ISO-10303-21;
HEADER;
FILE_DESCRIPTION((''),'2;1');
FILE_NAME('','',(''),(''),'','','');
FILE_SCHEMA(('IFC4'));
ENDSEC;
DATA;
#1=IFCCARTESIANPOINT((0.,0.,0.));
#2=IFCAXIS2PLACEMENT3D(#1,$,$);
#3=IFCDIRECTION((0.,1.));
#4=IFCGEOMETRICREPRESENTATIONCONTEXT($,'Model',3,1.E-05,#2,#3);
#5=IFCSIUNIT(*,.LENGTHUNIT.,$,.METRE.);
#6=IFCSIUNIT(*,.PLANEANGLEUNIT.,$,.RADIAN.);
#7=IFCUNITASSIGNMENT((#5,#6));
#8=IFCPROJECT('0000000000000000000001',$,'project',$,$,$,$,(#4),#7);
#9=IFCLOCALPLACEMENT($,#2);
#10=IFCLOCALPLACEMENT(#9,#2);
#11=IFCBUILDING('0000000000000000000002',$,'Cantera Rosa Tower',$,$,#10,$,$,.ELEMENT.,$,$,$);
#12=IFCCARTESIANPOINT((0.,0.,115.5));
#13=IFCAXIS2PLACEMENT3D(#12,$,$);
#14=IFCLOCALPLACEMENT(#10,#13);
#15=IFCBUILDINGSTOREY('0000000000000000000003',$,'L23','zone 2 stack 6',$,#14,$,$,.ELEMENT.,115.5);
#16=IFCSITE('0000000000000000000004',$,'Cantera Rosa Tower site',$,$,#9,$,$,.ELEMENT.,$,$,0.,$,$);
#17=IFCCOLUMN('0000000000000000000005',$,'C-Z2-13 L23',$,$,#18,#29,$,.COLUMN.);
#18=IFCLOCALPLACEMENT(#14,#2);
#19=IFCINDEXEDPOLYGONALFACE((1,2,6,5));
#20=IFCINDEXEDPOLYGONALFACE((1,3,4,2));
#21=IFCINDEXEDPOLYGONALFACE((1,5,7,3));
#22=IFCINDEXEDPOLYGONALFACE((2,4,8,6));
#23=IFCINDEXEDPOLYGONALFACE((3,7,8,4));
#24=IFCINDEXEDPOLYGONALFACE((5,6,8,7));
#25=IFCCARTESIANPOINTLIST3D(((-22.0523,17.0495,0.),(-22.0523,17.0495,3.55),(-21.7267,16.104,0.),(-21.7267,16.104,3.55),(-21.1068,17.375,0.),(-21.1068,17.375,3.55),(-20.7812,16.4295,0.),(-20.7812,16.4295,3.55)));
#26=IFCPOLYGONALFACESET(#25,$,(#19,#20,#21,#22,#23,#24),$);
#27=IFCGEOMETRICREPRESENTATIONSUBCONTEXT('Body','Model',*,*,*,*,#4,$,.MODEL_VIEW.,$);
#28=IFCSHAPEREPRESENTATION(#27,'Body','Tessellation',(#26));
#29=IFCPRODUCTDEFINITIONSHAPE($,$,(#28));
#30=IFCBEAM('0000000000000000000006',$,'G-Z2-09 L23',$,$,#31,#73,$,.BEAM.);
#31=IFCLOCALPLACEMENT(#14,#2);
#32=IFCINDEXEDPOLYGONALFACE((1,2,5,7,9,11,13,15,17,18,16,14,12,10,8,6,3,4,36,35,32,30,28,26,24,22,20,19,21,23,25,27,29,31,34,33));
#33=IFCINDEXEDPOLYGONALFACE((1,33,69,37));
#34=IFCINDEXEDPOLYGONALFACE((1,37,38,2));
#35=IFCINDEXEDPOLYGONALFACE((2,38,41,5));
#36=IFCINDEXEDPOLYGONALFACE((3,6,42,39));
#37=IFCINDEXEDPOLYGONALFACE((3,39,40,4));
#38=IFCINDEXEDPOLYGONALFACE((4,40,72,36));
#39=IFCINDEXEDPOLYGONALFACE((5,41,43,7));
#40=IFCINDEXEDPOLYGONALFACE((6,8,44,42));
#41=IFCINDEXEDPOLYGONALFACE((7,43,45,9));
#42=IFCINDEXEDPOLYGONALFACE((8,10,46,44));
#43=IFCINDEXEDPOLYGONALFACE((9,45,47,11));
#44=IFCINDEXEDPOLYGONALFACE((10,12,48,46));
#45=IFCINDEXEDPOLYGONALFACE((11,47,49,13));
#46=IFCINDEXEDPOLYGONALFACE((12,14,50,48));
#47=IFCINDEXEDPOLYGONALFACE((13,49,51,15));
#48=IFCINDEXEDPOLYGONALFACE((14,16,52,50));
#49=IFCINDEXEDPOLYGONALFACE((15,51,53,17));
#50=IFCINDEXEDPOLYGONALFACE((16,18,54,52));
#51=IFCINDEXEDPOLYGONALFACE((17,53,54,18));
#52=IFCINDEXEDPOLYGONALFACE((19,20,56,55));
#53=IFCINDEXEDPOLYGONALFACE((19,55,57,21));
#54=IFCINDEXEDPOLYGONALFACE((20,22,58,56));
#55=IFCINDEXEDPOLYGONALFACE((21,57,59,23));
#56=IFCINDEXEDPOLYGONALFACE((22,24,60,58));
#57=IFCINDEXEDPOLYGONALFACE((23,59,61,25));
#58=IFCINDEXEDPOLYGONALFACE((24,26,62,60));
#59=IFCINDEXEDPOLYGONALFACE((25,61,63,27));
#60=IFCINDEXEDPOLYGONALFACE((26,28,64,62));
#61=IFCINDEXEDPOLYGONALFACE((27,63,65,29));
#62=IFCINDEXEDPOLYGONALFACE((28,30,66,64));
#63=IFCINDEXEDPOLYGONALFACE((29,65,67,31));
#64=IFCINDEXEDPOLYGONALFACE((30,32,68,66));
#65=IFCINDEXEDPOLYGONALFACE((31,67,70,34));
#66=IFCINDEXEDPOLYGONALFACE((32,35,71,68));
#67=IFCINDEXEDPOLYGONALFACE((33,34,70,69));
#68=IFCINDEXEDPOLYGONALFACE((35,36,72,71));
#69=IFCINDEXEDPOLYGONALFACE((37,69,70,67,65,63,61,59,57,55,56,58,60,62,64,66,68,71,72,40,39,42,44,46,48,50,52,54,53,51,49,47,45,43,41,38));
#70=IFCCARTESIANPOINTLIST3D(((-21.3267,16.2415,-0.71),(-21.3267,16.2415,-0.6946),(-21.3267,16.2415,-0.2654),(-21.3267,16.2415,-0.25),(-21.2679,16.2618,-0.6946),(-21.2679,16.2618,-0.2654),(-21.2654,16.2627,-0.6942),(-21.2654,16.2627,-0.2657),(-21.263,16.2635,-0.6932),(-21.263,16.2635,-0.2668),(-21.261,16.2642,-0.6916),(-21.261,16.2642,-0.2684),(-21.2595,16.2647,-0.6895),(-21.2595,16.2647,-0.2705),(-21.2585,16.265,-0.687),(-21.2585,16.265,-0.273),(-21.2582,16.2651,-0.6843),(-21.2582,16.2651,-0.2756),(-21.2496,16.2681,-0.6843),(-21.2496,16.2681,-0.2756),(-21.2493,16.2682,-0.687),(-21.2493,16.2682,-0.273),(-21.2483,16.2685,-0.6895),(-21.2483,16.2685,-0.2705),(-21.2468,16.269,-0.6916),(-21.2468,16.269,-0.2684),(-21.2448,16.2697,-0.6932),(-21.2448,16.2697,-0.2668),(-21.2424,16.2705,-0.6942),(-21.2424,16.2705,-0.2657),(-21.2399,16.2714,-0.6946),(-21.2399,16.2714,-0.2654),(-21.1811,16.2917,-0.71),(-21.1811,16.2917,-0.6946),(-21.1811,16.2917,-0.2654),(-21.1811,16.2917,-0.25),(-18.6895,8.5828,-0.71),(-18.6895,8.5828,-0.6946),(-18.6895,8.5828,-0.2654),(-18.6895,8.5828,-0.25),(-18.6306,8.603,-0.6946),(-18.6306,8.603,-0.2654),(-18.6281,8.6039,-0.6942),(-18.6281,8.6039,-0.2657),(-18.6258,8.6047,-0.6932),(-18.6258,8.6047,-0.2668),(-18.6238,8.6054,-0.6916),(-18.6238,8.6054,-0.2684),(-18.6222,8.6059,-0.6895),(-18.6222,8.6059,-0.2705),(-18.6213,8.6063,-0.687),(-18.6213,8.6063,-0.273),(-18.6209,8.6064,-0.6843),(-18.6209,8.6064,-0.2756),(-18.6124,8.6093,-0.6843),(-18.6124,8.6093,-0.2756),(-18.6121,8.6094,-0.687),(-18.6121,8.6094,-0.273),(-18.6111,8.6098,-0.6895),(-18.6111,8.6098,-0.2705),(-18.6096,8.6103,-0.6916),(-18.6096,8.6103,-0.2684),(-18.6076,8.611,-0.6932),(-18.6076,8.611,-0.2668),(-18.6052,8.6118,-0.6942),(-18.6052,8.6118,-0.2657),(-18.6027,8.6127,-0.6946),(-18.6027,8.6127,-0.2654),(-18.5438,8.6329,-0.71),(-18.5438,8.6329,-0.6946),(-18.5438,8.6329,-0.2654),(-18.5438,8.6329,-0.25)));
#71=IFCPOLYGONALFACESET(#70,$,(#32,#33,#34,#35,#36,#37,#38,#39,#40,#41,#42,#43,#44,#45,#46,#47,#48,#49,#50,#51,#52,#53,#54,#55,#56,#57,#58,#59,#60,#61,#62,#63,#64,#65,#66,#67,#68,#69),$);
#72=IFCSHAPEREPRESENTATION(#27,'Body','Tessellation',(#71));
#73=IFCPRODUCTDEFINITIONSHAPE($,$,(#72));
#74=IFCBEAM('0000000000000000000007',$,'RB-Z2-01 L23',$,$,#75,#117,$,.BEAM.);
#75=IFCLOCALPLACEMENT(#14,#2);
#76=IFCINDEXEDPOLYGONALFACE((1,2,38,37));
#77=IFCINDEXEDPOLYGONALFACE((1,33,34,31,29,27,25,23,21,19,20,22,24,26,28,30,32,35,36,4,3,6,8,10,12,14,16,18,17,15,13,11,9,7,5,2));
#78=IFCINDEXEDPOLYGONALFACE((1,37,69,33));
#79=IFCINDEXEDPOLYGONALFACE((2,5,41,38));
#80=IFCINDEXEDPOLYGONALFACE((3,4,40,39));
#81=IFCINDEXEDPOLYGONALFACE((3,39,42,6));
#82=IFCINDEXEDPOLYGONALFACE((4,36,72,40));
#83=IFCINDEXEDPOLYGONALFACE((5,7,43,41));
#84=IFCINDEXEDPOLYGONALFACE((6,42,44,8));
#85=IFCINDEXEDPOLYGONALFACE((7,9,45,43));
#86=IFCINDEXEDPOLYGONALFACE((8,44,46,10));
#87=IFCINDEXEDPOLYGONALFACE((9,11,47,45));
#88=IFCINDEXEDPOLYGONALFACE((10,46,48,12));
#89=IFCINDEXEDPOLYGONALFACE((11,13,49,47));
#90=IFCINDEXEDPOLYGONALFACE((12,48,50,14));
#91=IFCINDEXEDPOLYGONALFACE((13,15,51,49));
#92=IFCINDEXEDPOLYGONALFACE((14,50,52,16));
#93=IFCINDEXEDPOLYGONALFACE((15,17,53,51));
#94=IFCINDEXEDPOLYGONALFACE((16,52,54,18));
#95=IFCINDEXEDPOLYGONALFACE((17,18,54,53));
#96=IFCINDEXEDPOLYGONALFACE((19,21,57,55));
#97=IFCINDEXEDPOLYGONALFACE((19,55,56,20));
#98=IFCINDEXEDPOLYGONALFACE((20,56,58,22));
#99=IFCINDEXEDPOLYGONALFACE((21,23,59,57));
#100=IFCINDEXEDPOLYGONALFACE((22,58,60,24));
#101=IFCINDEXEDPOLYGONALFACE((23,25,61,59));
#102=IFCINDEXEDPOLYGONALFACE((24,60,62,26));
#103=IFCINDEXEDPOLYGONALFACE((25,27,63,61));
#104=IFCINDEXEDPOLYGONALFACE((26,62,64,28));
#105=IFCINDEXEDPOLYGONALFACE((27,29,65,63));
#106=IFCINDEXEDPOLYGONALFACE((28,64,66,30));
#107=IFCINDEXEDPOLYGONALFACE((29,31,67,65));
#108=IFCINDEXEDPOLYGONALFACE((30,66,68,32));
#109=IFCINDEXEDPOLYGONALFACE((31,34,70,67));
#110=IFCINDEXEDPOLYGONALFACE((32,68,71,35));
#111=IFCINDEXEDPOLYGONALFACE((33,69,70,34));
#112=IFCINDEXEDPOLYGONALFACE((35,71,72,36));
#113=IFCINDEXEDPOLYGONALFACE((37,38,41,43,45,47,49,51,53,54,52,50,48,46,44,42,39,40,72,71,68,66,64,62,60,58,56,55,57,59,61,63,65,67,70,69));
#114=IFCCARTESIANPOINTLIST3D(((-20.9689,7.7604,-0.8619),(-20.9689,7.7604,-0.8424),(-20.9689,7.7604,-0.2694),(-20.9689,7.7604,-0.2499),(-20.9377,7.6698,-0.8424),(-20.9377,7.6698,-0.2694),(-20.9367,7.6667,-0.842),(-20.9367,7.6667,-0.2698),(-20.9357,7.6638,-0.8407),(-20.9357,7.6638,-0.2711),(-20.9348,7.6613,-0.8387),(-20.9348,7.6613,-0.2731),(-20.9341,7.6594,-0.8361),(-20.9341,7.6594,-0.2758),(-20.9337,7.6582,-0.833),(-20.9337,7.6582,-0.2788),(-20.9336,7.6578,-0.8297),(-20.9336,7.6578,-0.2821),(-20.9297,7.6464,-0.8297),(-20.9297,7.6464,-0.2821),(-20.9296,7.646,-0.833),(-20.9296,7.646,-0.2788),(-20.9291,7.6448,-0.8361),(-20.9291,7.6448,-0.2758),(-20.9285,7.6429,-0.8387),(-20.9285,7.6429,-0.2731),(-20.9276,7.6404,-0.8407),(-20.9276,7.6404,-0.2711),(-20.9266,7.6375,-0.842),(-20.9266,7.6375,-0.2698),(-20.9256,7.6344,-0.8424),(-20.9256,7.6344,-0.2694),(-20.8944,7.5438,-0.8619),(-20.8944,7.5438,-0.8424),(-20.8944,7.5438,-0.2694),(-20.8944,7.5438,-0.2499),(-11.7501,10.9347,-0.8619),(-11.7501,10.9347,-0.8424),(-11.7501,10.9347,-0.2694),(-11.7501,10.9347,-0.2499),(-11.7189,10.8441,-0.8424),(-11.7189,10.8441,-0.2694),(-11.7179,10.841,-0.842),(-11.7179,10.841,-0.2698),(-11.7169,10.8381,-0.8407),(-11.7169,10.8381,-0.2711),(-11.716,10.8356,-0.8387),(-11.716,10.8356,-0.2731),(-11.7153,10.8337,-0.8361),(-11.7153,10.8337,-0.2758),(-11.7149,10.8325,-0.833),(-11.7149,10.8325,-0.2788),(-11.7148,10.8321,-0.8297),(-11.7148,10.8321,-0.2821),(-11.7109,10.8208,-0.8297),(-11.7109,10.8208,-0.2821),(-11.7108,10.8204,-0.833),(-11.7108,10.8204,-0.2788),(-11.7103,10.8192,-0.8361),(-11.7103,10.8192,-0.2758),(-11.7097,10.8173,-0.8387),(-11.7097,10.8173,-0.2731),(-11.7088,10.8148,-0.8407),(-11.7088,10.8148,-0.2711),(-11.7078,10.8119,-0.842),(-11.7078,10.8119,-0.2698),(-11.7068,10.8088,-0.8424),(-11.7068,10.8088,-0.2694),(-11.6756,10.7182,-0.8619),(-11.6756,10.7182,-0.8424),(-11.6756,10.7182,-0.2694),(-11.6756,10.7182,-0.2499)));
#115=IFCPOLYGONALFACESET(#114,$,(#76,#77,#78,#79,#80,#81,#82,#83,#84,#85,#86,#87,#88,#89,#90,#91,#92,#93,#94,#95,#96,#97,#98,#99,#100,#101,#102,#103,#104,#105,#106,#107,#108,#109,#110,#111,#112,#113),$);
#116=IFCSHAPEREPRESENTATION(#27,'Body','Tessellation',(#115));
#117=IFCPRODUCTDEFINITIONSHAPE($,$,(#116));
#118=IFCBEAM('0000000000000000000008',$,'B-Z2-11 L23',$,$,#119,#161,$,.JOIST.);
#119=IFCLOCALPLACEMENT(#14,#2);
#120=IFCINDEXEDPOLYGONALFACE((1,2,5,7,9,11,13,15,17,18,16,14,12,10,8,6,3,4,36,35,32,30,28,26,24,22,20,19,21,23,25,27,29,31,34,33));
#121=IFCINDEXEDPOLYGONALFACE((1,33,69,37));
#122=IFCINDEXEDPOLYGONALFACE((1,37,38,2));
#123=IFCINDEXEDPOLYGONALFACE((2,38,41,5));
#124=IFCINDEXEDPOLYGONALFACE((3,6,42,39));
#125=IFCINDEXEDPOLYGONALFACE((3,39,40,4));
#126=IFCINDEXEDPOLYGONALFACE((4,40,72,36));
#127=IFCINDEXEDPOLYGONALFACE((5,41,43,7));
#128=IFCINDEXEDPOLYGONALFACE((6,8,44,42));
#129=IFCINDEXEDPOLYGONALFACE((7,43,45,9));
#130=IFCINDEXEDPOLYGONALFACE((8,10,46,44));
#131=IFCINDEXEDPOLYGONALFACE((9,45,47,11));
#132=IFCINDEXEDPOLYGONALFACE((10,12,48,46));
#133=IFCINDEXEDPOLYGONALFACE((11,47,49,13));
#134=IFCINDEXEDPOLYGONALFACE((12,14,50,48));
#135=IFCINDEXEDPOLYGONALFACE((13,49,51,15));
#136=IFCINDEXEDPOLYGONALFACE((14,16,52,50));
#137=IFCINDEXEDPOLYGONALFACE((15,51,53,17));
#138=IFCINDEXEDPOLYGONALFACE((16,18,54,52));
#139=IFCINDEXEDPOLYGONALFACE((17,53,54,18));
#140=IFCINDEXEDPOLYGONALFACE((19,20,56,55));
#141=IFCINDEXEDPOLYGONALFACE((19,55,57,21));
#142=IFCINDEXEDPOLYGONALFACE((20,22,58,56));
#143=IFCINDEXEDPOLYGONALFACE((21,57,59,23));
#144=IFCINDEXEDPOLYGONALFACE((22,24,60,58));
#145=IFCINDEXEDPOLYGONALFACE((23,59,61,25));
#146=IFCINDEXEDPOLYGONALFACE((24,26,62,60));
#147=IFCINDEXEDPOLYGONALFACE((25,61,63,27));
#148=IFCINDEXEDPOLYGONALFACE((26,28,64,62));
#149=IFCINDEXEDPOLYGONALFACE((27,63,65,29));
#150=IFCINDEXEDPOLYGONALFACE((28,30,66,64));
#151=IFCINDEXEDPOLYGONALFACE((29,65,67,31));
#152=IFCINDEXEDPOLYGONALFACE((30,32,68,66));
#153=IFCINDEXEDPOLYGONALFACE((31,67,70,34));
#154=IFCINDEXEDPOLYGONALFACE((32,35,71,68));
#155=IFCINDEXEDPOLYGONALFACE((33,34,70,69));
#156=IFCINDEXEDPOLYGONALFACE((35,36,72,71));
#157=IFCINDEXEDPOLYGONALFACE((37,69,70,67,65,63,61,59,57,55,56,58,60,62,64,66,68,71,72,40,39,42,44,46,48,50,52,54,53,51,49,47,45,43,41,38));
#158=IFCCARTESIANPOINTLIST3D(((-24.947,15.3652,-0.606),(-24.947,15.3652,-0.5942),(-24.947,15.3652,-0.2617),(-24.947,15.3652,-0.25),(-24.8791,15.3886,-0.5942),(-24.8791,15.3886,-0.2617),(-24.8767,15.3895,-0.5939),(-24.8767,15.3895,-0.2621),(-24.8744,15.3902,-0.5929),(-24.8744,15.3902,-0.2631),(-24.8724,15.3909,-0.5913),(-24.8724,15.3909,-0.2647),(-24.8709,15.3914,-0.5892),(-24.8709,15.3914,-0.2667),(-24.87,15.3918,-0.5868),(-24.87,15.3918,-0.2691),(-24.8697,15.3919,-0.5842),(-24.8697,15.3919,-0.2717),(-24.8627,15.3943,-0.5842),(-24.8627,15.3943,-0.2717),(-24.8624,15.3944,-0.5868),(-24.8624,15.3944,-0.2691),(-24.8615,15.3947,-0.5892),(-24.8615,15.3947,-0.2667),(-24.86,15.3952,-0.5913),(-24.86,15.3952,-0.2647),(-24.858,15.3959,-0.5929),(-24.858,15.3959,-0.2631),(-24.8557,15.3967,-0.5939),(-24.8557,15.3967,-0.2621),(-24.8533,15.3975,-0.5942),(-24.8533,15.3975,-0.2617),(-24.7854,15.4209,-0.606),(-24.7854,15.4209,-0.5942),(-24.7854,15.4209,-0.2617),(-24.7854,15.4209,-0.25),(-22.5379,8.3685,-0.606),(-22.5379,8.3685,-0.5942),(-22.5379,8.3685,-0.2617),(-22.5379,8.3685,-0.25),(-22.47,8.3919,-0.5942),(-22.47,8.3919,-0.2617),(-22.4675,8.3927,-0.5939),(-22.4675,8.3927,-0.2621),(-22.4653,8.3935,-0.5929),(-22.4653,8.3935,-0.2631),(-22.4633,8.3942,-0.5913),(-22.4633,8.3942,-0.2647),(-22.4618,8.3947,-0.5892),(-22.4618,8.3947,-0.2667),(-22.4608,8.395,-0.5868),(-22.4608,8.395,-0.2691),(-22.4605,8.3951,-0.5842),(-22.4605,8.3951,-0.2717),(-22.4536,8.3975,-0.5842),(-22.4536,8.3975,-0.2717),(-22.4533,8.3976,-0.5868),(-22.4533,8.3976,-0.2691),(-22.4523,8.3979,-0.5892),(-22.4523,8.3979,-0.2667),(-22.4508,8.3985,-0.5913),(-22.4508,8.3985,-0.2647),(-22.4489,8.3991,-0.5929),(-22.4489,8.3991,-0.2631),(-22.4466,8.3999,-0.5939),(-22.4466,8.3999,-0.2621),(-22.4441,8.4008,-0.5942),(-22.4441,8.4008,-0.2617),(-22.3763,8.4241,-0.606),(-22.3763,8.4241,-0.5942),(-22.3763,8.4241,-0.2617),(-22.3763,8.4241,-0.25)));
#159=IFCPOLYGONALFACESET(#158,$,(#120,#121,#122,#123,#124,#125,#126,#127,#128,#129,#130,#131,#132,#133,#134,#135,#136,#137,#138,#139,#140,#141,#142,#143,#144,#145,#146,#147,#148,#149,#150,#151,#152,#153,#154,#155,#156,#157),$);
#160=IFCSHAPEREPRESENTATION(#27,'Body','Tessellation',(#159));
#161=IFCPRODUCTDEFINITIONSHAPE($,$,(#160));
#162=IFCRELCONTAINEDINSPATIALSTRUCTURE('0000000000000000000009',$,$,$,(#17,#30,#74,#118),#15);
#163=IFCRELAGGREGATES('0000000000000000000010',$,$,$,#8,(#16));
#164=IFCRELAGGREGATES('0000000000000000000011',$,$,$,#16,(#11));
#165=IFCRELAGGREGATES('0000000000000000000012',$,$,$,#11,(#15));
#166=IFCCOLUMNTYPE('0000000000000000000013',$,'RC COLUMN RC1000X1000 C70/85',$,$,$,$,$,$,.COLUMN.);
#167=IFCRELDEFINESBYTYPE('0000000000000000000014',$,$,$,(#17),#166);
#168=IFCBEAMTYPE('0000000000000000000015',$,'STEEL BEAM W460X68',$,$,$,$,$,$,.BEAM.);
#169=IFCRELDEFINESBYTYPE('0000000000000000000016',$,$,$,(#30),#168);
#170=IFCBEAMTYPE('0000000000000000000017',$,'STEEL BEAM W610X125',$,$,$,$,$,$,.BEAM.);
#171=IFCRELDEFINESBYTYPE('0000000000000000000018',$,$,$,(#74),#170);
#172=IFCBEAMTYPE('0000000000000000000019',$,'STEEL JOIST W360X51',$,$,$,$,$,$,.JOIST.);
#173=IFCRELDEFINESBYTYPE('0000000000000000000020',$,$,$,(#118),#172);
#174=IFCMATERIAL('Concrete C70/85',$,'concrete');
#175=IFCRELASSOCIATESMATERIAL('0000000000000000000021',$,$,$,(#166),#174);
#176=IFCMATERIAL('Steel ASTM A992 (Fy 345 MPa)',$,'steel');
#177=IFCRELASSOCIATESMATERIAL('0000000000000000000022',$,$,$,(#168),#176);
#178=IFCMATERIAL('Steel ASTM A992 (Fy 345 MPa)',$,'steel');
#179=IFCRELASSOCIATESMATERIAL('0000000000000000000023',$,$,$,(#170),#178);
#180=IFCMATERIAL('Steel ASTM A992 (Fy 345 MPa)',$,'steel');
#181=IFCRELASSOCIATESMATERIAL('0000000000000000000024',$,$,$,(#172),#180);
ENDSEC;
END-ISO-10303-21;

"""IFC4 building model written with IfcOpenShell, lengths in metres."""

from ifc_helpers import new_model, si_unit, direction, frame, origin, origin_2d, place, context, subcontext, project, spatial, rectangle, i_section, extrude, material, material_profile, profile_set, type_object, element, save


model = new_model("IFC4")

# Units and contexts
model_context = context("Model", 3, precision=1e-05, world=origin(), true_north=direction((0.0, 1.0)))
body_context = subcontext(model_context, "Body", "Model", "MODEL_VIEW")
ifc_project = project(units=[si_unit("LENGTHUNIT", "METRE"), si_unit("PLANEANGLEUNIT", "RADIAN")], contexts=[model_context])

# Site, building, storey
site_placement = place(None, origin())
site = spatial("IfcSite", under=ifc_project, at=site_placement, Name="Cantera Rosa Tower site", CompositionType="ELEMENT", RefElevation=0.0)
building_placement = place(site_placement, origin())
building = spatial("IfcBuilding", under=site, at=building_placement, Name="Cantera Rosa Tower", CompositionType="ELEMENT")
storey_placement = place(building_placement, frame((0.0, 0.0, 115.5)))
storey = spatial("IfcBuildingStorey", under=building, at=storey_placement, Name="L23", Description="zone 2 stack 6", CompositionType="ELEMENT", Elevation=115.5)

# Column
ifc_material_1 = material(Name="Concrete C70/85", Category="concrete")
ifc_material_profile_1 = material_profile(ifc_material_1, rectangle(XDim=1.0, YDim=1.0, at=origin_2d()), Name="RC COLUMN RC1000X1000 C70/85")
ifc_profile_set_1 = profile_set([ifc_material_profile_1], Name="Concrete C70/85")
column_type = type_object("IfcColumnType", Name="RC COLUMN RC1000X1000 C70/85", PredefinedType="COLUMN", material=ifc_profile_set_1)
column_placement = place(storey_placement, frame((-21.4167, 16.7395, 0.0), z_axis=(0.0, 0.0, 1.0), x_axis=(0.945519, 0.325568, 0.0)))
element("IfcColumn", 1, at=column_placement, inside=storey, type_object=column_type, Name="C-Z2-13 L23", PredefinedType="COLUMN", context=body_context, shape_type="SweptSolid", body=[
    extrude(rectangle(XDim=1.0, YDim=1.0, at=origin_2d()), origin(), (0.0, 0.0, 1.0), 3.55),
])

# Beams
ifc_material_2 = material(Name="Steel ASTM A992 (Fy 345 MPa)", Category="steel")
ifc_material_profile_2 = material_profile(ifc_material_2, i_section(OverallWidth=0.1541, OverallDepth=0.46, WebThickness=0.009, FlangeThickness=0.0154, FilletRadius=0.0103, at=origin_2d()), Name="W460X68")
ifc_profile_set_2 = profile_set([ifc_material_profile_2], Name="Steel ASTM A992 (Fy 345 MPa)")
beam_type_1 = type_object("IfcBeamType", Name="STEEL BEAM W460X68", PredefinedType="BEAM", material=ifc_profile_set_2)
beam_1_placement = place(storey_placement, frame((-21.2539, 16.2666, -0.48), z_axis=(0.32558, -0.945514, 0.0), x_axis=(0.945514, 0.32558, 0.0)))
element("IfcBeam", 2, at=beam_1_placement, inside=storey, type_object=beam_type_1, Name="G-Z2-09 L23", PredefinedType="BEAM", context=body_context, shape_type="SweptSolid", body=[
    extrude(i_section(OverallWidth=0.1541, OverallDepth=0.46, WebThickness=0.009, FlangeThickness=0.0154, FilletRadius=0.0103, at=origin_2d()), origin(), (0.0, 0.0, 1.0), 8.1001),
])
ifc_material_3 = material(Name="Steel ASTM A992 (Fy 345 MPa)", Category="steel")
ifc_material_profile_3 = material_profile(ifc_material_3, i_section(OverallWidth=0.229, OverallDepth=0.6121, WebThickness=0.012, FlangeThickness=0.0195, FilletRadius=0.0127, at=origin_2d()), Name="W610X125")
ifc_profile_set_3 = profile_set([ifc_material_profile_3], Name="Steel ASTM A992 (Fy 345 MPa)")
beam_type_2 = type_object("IfcBeamType", Name="STEEL BEAM W610X125", PredefinedType="BEAM", material=ifc_profile_set_3)
beam_2_placement = place(storey_placement, frame((-20.9316, 7.6521, -0.5559), z_axis=(0.945517, 0.325572, 0.0), x_axis=(-0.325572, 0.945517, 0.0)))
element("IfcBeam", 3, at=beam_2_placement, inside=storey, type_object=beam_type_2, Name="RB-Z2-01 L23", PredefinedType="BEAM", context=body_context, shape_type="SweptSolid", body=[
    extrude(i_section(OverallWidth=0.229, OverallDepth=0.6121, WebThickness=0.012, FlangeThickness=0.0195, FilletRadius=0.0127, at=origin_2d()), origin(), (0.0, 0.0, 1.0), 9.75),
])
ifc_material_4 = material(Name="Steel ASTM A992 (Fy 345 MPa)", Category="steel")
ifc_material_profile_4 = material_profile(ifc_material_4, i_section(OverallWidth=0.1709, OverallDepth=0.356, WebThickness=0.0073, FlangeThickness=0.0117, FilletRadius=0.01, at=origin_2d()), Name="W360X51")
ifc_profile_set_4 = profile_set([ifc_material_profile_4], Name="Steel ASTM A992 (Fy 345 MPa)")
beam_type_3 = type_object("IfcBeamType", Name="STEEL JOIST W360X51", PredefinedType="JOIST", material=ifc_profile_set_4)
beam_3_placement = place(storey_placement, frame((-24.8662, 15.3931, -0.428), z_axis=(0.325566, -0.945519, 0.0), x_axis=(0.945519, 0.325566, 0.0)))
element("IfcBeam", 4, at=beam_3_placement, inside=storey, type_object=beam_type_3, Name="B-Z2-11 L23", PredefinedType="JOIST", context=body_context, shape_type="SweptSolid", body=[
    extrude(i_section(OverallWidth=0.1709, OverallDepth=0.356, WebThickness=0.0073, FlangeThickness=0.0117, FilletRadius=0.01, at=origin_2d()), origin(), (0.0, 0.0, 1.0), 7.3999),
])

save(model, "model.ifc")
